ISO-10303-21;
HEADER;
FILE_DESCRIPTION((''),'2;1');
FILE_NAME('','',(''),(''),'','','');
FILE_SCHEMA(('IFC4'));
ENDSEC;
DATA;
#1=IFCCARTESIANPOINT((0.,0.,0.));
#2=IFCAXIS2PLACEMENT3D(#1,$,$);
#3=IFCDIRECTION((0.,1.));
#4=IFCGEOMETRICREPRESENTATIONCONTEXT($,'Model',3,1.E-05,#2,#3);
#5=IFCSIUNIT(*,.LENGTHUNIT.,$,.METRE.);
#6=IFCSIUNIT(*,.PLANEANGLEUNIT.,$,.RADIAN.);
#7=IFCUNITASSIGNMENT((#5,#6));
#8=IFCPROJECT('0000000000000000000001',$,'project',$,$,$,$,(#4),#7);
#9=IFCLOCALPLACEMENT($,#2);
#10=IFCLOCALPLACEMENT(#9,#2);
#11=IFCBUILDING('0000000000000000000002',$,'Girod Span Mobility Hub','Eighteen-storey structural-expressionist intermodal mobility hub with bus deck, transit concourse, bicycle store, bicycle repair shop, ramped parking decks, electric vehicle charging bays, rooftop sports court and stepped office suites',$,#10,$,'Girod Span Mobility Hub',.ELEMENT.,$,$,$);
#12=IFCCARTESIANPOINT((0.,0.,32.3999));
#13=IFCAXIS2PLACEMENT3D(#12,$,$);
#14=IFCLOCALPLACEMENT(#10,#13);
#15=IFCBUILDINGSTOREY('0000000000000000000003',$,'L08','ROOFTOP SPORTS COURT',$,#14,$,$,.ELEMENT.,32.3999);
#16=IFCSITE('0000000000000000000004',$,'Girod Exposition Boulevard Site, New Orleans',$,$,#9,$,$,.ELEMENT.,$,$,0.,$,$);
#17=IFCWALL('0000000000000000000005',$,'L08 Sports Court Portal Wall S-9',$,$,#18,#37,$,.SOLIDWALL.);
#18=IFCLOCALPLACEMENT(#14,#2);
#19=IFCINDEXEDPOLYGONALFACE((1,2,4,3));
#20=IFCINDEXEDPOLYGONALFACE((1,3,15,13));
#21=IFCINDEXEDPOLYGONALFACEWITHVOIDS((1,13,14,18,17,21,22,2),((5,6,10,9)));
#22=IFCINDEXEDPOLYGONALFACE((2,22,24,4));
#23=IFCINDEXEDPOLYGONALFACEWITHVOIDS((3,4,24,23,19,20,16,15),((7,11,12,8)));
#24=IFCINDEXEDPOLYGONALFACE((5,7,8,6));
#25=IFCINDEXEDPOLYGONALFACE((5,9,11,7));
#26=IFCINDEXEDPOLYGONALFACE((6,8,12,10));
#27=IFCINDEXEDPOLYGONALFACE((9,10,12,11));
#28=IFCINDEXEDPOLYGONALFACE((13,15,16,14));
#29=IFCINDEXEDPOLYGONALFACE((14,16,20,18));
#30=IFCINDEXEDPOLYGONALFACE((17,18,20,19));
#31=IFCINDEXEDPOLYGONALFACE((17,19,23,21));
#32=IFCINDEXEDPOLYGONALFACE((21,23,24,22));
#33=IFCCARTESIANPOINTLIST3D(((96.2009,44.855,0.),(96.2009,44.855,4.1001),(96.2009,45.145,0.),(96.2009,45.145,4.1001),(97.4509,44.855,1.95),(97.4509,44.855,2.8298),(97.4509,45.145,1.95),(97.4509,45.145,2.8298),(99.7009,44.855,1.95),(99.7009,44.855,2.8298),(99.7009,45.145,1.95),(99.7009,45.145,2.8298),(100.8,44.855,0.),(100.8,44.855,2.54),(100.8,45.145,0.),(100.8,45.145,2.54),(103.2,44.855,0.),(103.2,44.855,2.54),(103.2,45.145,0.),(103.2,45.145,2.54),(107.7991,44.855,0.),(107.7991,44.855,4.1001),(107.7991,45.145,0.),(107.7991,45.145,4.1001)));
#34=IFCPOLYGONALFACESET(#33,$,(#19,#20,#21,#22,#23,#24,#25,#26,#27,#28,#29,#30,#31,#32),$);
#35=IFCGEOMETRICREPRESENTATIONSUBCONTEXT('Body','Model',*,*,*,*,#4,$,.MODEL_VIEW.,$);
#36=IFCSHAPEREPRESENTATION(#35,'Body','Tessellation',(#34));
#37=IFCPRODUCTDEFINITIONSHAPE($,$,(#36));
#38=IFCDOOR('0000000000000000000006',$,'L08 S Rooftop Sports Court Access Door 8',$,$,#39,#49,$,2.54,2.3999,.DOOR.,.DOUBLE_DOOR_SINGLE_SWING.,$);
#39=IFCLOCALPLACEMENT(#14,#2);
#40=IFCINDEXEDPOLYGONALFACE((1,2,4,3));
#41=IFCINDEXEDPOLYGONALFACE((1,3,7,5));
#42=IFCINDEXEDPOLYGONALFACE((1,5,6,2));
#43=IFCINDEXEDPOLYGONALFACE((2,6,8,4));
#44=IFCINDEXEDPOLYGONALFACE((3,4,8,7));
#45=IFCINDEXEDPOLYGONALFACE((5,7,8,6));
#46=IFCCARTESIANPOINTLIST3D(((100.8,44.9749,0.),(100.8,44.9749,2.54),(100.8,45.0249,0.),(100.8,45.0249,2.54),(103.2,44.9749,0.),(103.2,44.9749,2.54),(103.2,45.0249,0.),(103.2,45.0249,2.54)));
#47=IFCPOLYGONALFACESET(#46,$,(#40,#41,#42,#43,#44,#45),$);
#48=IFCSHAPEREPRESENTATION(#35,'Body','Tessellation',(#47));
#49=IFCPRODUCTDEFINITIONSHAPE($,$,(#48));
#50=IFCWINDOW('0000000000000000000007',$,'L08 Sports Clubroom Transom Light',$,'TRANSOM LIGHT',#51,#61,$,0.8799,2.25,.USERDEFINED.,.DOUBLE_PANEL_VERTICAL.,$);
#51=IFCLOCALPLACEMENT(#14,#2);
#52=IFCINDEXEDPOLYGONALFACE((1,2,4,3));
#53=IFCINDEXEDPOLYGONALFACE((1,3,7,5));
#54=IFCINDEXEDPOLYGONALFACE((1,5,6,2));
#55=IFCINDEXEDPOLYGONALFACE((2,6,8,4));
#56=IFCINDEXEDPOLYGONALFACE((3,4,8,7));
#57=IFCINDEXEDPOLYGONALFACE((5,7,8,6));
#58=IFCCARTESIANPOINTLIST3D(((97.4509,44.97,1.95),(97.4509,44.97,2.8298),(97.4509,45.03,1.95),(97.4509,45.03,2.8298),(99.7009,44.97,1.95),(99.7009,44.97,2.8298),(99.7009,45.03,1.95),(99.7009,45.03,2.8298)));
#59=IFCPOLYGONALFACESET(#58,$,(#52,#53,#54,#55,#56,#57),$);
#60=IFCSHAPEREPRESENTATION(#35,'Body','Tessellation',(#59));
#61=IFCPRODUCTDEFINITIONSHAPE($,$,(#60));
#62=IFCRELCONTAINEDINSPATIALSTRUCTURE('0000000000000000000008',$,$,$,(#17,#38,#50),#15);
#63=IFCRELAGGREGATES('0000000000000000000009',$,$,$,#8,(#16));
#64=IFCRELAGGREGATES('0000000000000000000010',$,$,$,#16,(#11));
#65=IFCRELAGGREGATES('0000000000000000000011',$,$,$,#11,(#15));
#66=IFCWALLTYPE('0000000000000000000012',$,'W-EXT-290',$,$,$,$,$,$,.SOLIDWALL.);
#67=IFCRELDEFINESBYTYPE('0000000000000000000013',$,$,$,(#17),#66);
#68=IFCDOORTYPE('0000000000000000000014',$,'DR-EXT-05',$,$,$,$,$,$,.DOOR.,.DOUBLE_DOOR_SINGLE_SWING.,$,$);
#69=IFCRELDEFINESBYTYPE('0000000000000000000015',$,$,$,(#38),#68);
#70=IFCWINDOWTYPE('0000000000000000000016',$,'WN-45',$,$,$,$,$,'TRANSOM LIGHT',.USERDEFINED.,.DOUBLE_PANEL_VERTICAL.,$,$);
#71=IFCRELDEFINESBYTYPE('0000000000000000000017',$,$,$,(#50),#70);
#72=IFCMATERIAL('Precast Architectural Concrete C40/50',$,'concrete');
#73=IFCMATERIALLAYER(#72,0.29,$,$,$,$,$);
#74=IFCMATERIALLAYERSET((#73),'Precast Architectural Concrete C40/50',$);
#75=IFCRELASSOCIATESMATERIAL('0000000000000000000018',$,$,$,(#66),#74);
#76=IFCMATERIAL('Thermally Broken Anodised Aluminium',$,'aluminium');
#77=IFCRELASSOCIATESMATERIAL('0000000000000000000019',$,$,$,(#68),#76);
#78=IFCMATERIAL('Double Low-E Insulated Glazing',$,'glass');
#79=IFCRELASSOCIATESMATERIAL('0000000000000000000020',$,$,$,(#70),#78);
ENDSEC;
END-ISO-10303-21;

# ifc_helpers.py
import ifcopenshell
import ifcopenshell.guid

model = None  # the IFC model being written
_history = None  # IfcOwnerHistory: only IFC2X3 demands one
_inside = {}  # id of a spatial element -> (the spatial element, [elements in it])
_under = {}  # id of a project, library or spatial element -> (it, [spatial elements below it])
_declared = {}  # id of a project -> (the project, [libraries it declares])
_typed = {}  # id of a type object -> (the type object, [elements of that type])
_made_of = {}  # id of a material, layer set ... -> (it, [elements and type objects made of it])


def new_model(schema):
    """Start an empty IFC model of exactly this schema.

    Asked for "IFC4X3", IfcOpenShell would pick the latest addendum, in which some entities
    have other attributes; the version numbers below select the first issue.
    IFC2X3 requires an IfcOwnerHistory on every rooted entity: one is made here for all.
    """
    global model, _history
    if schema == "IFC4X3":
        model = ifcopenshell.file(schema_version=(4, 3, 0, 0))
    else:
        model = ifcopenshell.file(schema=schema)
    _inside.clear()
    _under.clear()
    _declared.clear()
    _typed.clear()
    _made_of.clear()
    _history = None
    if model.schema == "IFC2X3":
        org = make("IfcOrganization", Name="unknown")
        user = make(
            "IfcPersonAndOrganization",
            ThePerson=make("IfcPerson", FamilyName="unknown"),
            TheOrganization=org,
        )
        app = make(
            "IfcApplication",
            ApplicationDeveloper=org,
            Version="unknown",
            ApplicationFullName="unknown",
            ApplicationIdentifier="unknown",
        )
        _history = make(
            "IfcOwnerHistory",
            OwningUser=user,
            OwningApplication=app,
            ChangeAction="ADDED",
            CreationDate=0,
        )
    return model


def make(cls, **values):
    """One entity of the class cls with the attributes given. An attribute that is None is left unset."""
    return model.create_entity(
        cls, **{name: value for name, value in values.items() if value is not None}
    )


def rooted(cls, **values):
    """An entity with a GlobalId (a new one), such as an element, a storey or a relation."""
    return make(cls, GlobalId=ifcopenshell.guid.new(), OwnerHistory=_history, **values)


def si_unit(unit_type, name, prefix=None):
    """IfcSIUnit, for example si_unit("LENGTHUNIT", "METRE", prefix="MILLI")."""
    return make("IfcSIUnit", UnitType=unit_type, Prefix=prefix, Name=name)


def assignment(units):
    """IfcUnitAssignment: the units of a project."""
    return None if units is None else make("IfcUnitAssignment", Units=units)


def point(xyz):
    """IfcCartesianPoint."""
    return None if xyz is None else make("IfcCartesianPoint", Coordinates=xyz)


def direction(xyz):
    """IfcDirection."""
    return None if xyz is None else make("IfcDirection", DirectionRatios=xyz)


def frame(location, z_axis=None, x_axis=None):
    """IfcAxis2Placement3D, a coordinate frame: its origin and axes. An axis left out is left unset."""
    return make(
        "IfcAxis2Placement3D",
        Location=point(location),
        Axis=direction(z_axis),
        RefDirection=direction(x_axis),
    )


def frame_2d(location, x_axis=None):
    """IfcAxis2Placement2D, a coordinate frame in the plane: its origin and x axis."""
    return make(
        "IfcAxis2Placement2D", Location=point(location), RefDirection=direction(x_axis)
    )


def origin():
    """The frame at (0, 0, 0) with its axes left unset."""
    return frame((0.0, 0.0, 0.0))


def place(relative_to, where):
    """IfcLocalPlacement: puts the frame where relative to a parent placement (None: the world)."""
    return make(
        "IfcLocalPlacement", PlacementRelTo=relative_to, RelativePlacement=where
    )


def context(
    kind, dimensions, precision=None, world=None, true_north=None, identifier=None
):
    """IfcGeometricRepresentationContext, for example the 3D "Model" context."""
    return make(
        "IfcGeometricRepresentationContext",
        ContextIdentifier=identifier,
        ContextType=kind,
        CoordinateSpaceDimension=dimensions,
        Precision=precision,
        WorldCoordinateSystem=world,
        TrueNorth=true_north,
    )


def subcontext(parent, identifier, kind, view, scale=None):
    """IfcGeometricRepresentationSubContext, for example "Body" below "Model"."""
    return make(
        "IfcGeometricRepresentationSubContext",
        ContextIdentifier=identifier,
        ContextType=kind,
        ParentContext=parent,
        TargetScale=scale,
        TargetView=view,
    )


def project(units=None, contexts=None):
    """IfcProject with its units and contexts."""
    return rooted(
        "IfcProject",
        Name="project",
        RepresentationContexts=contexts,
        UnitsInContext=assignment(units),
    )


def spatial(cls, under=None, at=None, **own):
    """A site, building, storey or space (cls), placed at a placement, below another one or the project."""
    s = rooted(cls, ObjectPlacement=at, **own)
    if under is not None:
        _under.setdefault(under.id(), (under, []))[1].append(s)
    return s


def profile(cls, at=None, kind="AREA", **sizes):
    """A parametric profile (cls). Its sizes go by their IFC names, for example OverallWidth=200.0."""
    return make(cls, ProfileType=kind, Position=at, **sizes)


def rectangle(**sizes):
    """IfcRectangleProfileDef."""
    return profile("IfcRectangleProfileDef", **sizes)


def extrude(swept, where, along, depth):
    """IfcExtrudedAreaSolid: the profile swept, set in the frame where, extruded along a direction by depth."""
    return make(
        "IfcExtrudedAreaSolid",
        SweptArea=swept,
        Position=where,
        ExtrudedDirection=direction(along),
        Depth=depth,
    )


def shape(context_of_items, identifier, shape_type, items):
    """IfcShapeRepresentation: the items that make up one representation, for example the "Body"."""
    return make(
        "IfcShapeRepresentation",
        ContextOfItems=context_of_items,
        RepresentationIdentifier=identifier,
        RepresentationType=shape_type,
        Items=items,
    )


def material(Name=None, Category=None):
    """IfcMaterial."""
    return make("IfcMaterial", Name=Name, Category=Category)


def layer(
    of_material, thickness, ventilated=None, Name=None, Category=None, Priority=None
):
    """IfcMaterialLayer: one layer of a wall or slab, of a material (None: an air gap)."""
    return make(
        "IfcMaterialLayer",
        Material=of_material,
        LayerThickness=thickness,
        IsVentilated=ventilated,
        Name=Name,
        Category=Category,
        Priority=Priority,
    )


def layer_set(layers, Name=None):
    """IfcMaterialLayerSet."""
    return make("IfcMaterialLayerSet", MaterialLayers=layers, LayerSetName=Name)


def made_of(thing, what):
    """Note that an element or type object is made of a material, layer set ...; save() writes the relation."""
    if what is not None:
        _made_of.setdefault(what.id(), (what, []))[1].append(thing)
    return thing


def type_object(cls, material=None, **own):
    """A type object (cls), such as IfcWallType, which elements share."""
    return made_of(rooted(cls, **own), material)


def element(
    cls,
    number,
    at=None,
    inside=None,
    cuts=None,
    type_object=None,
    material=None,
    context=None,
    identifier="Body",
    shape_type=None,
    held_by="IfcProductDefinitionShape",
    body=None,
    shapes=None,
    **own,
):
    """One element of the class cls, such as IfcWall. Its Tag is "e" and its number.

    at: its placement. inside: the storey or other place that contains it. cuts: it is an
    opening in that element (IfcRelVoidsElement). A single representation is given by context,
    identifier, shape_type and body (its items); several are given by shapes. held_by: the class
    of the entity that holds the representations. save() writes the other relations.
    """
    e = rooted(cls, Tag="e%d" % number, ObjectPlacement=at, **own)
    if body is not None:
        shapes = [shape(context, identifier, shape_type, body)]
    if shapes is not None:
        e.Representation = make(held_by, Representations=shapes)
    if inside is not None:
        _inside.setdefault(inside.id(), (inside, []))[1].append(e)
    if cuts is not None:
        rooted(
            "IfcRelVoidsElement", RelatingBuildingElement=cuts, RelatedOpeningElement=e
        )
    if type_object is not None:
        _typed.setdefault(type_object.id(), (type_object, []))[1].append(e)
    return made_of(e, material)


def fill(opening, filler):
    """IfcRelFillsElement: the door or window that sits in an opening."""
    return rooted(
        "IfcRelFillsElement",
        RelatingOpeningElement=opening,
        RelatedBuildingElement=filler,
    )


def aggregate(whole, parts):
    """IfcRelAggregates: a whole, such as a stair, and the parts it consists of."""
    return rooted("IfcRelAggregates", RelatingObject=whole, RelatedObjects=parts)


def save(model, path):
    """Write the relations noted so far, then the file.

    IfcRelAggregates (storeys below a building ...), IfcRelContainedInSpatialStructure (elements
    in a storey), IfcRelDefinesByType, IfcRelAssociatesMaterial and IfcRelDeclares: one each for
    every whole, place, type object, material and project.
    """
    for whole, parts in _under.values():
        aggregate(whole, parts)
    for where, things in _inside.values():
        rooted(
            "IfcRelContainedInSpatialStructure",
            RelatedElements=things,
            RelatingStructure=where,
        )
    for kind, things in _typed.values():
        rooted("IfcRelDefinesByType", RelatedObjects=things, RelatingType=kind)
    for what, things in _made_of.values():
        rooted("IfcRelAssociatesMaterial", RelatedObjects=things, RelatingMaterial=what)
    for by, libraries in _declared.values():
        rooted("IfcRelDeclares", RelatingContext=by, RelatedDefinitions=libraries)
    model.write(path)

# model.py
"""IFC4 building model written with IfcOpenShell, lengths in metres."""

from ifc_helpers import new_model, si_unit, direction, frame, frame_2d, origin, place, context, subcontext, project, spatial, rectangle, extrude, material, layer, layer_set, type_object, element, fill, save


model = new_model("IFC4")

# Units and contexts
model_context = context("Model", 3, precision=1e-05, world=origin(), true_north=direction((0.0, 1.0)))
body_context = subcontext(model_context, "Body", "Model", "MODEL_VIEW")
ifc_project = project(units=[si_unit("LENGTHUNIT", "METRE"), si_unit("PLANEANGLEUNIT", "RADIAN")], contexts=[model_context])

# Site, building, storey
site_placement = place(None, origin())
site = spatial("IfcSite", under=ifc_project, at=site_placement, Name="Girod Exposition Boulevard Site, New Orleans", CompositionType="ELEMENT", RefElevation=0.0)
building_placement = place(site_placement, origin())
building = spatial("IfcBuilding", under=site, at=building_placement, Name="Girod Span Mobility Hub", Description="Eighteen-storey structural-expressionist intermodal mobility hub with bus deck, transit concourse, bicycle store, bicycle repair shop, ramped parking decks, electric vehicle charging bays, rooftop sports court and stepped office suites", LongName="Girod Span Mobility Hub", CompositionType="ELEMENT")
storey_placement = place(building_placement, frame((0.0, 0.0, 32.3999)))
storey = spatial("IfcBuildingStorey", under=building, at=storey_placement, Name="L08", Description="ROOFTOP SPORTS COURT", CompositionType="ELEMENT", Elevation=32.3999)

# Wall, openings, door, window
ifc_material_1 = material(Name="Precast Architectural Concrete C40/50", Category="concrete")
ifc_layer = layer(ifc_material_1, 0.29)
ifc_layer_set = layer_set([ifc_layer], Name="Precast Architectural Concrete C40/50")
wall_type = type_object("IfcWallType", Name="W-EXT-290", PredefinedType="SOLIDWALL", material=ifc_layer_set)
wall_placement = place(storey_placement, frame((96.2009, 45.0, 0.0), z_axis=(0.0, 0.0, 1.0), x_axis=(1.0, 0.0, 0.0)))
wall = element("IfcWall", 1, at=wall_placement, inside=storey, type_object=wall_type, Name="L08 Sports Court Portal Wall S-9", PredefinedType="SOLIDWALL", context=body_context, shape_type="SweptSolid", body=[
    extrude(rectangle(XDim=11.5981, YDim=0.29, at=frame_2d((5.7991, 0.0))), origin(), (0.0, 0.0, 1.0), 4.1001),
])
opening_1_placement = place(wall_placement, frame((4.5991, 0.0, 0.0)))
opening_1 = element("IfcOpeningElement", 2, at=opening_1_placement, cuts=wall, PredefinedType="OPENING", context=body_context, shape_type="SweptSolid", body=[
    extrude(rectangle(XDim=2.3999, YDim=2.54, at=frame_2d((1.2, 1.27))), frame((0.0, 0.1599, 0.0), z_axis=(0.0, -1.0, 0.0), x_axis=(1.0, 0.0, 0.0)), (0.0, 0.0, 1.0), 0.3201),
])
opening_2_placement = place(wall_placement, frame((1.25, 0.0, 1.95)))
opening_2 = element("IfcOpeningElement", 3, at=opening_2_placement, cuts=wall, PredefinedType="OPENING", context=body_context, shape_type="SweptSolid", body=[
    extrude(rectangle(XDim=2.25, YDim=0.8799, at=frame_2d((1.125, 0.4399))), frame((0.0, 0.1599, 0.0), z_axis=(0.0, -1.0, 0.0), x_axis=(1.0, 0.0, 0.0)), (0.0, 0.0, 1.0), 0.3201),
])
ifc_material_2 = material(Name="Thermally Broken Anodised Aluminium", Category="aluminium")
door_type = type_object("IfcDoorType", Name="DR-EXT-05", OperationType="DOUBLE_DOOR_SINGLE_SWING", PredefinedType="DOOR", material=ifc_material_2)
door_placement = place(opening_1_placement, origin())
door = element("IfcDoor", 4, at=door_placement, inside=storey, type_object=door_type, Name="L08 S Rooftop Sports Court Access Door 8", OperationType="DOUBLE_DOOR_SINGLE_SWING", OverallHeight=2.54, OverallWidth=2.3999, PredefinedType="DOOR", context=body_context, shape_type="SweptSolid", body=[
    extrude(rectangle(XDim=2.3999, YDim=2.54, at=frame_2d((1.2, 1.27))), frame((0.0, 0.0249, 0.0), z_axis=(0.0, -1.0, 0.0), x_axis=(1.0, 0.0, 0.0)), (0.0, 0.0, 1.0), 0.05),
])
fill(opening_1, door)
ifc_material_3 = material(Name="Double Low-E Insulated Glazing", Category="glass")
window_type = type_object("IfcWindowType", Name="WN-45", ElementType="TRANSOM LIGHT", PartitioningType="DOUBLE_PANEL_VERTICAL", PredefinedType="USERDEFINED", material=ifc_material_3)
window_placement = place(opening_2_placement, origin())
window = element("IfcWindow", 5, at=window_placement, inside=storey, type_object=window_type, Name="L08 Sports Clubroom Transom Light", ObjectType="TRANSOM LIGHT", OverallHeight=0.8799, OverallWidth=2.25, PartitioningType="DOUBLE_PANEL_VERTICAL", PredefinedType="USERDEFINED", context=body_context, shape_type="SweptSolid", body=[
    extrude(rectangle(XDim=2.25, YDim=0.8799, at=frame_2d((1.125, 0.4399))), frame((0.0, 0.03, 0.0), z_axis=(0.0, -1.0, 0.0), x_axis=(1.0, 0.0, 0.0)), (0.0, 0.0, 1.0), 0.0601),
])
fill(opening_2, window)

save(model, "model.ifc")
